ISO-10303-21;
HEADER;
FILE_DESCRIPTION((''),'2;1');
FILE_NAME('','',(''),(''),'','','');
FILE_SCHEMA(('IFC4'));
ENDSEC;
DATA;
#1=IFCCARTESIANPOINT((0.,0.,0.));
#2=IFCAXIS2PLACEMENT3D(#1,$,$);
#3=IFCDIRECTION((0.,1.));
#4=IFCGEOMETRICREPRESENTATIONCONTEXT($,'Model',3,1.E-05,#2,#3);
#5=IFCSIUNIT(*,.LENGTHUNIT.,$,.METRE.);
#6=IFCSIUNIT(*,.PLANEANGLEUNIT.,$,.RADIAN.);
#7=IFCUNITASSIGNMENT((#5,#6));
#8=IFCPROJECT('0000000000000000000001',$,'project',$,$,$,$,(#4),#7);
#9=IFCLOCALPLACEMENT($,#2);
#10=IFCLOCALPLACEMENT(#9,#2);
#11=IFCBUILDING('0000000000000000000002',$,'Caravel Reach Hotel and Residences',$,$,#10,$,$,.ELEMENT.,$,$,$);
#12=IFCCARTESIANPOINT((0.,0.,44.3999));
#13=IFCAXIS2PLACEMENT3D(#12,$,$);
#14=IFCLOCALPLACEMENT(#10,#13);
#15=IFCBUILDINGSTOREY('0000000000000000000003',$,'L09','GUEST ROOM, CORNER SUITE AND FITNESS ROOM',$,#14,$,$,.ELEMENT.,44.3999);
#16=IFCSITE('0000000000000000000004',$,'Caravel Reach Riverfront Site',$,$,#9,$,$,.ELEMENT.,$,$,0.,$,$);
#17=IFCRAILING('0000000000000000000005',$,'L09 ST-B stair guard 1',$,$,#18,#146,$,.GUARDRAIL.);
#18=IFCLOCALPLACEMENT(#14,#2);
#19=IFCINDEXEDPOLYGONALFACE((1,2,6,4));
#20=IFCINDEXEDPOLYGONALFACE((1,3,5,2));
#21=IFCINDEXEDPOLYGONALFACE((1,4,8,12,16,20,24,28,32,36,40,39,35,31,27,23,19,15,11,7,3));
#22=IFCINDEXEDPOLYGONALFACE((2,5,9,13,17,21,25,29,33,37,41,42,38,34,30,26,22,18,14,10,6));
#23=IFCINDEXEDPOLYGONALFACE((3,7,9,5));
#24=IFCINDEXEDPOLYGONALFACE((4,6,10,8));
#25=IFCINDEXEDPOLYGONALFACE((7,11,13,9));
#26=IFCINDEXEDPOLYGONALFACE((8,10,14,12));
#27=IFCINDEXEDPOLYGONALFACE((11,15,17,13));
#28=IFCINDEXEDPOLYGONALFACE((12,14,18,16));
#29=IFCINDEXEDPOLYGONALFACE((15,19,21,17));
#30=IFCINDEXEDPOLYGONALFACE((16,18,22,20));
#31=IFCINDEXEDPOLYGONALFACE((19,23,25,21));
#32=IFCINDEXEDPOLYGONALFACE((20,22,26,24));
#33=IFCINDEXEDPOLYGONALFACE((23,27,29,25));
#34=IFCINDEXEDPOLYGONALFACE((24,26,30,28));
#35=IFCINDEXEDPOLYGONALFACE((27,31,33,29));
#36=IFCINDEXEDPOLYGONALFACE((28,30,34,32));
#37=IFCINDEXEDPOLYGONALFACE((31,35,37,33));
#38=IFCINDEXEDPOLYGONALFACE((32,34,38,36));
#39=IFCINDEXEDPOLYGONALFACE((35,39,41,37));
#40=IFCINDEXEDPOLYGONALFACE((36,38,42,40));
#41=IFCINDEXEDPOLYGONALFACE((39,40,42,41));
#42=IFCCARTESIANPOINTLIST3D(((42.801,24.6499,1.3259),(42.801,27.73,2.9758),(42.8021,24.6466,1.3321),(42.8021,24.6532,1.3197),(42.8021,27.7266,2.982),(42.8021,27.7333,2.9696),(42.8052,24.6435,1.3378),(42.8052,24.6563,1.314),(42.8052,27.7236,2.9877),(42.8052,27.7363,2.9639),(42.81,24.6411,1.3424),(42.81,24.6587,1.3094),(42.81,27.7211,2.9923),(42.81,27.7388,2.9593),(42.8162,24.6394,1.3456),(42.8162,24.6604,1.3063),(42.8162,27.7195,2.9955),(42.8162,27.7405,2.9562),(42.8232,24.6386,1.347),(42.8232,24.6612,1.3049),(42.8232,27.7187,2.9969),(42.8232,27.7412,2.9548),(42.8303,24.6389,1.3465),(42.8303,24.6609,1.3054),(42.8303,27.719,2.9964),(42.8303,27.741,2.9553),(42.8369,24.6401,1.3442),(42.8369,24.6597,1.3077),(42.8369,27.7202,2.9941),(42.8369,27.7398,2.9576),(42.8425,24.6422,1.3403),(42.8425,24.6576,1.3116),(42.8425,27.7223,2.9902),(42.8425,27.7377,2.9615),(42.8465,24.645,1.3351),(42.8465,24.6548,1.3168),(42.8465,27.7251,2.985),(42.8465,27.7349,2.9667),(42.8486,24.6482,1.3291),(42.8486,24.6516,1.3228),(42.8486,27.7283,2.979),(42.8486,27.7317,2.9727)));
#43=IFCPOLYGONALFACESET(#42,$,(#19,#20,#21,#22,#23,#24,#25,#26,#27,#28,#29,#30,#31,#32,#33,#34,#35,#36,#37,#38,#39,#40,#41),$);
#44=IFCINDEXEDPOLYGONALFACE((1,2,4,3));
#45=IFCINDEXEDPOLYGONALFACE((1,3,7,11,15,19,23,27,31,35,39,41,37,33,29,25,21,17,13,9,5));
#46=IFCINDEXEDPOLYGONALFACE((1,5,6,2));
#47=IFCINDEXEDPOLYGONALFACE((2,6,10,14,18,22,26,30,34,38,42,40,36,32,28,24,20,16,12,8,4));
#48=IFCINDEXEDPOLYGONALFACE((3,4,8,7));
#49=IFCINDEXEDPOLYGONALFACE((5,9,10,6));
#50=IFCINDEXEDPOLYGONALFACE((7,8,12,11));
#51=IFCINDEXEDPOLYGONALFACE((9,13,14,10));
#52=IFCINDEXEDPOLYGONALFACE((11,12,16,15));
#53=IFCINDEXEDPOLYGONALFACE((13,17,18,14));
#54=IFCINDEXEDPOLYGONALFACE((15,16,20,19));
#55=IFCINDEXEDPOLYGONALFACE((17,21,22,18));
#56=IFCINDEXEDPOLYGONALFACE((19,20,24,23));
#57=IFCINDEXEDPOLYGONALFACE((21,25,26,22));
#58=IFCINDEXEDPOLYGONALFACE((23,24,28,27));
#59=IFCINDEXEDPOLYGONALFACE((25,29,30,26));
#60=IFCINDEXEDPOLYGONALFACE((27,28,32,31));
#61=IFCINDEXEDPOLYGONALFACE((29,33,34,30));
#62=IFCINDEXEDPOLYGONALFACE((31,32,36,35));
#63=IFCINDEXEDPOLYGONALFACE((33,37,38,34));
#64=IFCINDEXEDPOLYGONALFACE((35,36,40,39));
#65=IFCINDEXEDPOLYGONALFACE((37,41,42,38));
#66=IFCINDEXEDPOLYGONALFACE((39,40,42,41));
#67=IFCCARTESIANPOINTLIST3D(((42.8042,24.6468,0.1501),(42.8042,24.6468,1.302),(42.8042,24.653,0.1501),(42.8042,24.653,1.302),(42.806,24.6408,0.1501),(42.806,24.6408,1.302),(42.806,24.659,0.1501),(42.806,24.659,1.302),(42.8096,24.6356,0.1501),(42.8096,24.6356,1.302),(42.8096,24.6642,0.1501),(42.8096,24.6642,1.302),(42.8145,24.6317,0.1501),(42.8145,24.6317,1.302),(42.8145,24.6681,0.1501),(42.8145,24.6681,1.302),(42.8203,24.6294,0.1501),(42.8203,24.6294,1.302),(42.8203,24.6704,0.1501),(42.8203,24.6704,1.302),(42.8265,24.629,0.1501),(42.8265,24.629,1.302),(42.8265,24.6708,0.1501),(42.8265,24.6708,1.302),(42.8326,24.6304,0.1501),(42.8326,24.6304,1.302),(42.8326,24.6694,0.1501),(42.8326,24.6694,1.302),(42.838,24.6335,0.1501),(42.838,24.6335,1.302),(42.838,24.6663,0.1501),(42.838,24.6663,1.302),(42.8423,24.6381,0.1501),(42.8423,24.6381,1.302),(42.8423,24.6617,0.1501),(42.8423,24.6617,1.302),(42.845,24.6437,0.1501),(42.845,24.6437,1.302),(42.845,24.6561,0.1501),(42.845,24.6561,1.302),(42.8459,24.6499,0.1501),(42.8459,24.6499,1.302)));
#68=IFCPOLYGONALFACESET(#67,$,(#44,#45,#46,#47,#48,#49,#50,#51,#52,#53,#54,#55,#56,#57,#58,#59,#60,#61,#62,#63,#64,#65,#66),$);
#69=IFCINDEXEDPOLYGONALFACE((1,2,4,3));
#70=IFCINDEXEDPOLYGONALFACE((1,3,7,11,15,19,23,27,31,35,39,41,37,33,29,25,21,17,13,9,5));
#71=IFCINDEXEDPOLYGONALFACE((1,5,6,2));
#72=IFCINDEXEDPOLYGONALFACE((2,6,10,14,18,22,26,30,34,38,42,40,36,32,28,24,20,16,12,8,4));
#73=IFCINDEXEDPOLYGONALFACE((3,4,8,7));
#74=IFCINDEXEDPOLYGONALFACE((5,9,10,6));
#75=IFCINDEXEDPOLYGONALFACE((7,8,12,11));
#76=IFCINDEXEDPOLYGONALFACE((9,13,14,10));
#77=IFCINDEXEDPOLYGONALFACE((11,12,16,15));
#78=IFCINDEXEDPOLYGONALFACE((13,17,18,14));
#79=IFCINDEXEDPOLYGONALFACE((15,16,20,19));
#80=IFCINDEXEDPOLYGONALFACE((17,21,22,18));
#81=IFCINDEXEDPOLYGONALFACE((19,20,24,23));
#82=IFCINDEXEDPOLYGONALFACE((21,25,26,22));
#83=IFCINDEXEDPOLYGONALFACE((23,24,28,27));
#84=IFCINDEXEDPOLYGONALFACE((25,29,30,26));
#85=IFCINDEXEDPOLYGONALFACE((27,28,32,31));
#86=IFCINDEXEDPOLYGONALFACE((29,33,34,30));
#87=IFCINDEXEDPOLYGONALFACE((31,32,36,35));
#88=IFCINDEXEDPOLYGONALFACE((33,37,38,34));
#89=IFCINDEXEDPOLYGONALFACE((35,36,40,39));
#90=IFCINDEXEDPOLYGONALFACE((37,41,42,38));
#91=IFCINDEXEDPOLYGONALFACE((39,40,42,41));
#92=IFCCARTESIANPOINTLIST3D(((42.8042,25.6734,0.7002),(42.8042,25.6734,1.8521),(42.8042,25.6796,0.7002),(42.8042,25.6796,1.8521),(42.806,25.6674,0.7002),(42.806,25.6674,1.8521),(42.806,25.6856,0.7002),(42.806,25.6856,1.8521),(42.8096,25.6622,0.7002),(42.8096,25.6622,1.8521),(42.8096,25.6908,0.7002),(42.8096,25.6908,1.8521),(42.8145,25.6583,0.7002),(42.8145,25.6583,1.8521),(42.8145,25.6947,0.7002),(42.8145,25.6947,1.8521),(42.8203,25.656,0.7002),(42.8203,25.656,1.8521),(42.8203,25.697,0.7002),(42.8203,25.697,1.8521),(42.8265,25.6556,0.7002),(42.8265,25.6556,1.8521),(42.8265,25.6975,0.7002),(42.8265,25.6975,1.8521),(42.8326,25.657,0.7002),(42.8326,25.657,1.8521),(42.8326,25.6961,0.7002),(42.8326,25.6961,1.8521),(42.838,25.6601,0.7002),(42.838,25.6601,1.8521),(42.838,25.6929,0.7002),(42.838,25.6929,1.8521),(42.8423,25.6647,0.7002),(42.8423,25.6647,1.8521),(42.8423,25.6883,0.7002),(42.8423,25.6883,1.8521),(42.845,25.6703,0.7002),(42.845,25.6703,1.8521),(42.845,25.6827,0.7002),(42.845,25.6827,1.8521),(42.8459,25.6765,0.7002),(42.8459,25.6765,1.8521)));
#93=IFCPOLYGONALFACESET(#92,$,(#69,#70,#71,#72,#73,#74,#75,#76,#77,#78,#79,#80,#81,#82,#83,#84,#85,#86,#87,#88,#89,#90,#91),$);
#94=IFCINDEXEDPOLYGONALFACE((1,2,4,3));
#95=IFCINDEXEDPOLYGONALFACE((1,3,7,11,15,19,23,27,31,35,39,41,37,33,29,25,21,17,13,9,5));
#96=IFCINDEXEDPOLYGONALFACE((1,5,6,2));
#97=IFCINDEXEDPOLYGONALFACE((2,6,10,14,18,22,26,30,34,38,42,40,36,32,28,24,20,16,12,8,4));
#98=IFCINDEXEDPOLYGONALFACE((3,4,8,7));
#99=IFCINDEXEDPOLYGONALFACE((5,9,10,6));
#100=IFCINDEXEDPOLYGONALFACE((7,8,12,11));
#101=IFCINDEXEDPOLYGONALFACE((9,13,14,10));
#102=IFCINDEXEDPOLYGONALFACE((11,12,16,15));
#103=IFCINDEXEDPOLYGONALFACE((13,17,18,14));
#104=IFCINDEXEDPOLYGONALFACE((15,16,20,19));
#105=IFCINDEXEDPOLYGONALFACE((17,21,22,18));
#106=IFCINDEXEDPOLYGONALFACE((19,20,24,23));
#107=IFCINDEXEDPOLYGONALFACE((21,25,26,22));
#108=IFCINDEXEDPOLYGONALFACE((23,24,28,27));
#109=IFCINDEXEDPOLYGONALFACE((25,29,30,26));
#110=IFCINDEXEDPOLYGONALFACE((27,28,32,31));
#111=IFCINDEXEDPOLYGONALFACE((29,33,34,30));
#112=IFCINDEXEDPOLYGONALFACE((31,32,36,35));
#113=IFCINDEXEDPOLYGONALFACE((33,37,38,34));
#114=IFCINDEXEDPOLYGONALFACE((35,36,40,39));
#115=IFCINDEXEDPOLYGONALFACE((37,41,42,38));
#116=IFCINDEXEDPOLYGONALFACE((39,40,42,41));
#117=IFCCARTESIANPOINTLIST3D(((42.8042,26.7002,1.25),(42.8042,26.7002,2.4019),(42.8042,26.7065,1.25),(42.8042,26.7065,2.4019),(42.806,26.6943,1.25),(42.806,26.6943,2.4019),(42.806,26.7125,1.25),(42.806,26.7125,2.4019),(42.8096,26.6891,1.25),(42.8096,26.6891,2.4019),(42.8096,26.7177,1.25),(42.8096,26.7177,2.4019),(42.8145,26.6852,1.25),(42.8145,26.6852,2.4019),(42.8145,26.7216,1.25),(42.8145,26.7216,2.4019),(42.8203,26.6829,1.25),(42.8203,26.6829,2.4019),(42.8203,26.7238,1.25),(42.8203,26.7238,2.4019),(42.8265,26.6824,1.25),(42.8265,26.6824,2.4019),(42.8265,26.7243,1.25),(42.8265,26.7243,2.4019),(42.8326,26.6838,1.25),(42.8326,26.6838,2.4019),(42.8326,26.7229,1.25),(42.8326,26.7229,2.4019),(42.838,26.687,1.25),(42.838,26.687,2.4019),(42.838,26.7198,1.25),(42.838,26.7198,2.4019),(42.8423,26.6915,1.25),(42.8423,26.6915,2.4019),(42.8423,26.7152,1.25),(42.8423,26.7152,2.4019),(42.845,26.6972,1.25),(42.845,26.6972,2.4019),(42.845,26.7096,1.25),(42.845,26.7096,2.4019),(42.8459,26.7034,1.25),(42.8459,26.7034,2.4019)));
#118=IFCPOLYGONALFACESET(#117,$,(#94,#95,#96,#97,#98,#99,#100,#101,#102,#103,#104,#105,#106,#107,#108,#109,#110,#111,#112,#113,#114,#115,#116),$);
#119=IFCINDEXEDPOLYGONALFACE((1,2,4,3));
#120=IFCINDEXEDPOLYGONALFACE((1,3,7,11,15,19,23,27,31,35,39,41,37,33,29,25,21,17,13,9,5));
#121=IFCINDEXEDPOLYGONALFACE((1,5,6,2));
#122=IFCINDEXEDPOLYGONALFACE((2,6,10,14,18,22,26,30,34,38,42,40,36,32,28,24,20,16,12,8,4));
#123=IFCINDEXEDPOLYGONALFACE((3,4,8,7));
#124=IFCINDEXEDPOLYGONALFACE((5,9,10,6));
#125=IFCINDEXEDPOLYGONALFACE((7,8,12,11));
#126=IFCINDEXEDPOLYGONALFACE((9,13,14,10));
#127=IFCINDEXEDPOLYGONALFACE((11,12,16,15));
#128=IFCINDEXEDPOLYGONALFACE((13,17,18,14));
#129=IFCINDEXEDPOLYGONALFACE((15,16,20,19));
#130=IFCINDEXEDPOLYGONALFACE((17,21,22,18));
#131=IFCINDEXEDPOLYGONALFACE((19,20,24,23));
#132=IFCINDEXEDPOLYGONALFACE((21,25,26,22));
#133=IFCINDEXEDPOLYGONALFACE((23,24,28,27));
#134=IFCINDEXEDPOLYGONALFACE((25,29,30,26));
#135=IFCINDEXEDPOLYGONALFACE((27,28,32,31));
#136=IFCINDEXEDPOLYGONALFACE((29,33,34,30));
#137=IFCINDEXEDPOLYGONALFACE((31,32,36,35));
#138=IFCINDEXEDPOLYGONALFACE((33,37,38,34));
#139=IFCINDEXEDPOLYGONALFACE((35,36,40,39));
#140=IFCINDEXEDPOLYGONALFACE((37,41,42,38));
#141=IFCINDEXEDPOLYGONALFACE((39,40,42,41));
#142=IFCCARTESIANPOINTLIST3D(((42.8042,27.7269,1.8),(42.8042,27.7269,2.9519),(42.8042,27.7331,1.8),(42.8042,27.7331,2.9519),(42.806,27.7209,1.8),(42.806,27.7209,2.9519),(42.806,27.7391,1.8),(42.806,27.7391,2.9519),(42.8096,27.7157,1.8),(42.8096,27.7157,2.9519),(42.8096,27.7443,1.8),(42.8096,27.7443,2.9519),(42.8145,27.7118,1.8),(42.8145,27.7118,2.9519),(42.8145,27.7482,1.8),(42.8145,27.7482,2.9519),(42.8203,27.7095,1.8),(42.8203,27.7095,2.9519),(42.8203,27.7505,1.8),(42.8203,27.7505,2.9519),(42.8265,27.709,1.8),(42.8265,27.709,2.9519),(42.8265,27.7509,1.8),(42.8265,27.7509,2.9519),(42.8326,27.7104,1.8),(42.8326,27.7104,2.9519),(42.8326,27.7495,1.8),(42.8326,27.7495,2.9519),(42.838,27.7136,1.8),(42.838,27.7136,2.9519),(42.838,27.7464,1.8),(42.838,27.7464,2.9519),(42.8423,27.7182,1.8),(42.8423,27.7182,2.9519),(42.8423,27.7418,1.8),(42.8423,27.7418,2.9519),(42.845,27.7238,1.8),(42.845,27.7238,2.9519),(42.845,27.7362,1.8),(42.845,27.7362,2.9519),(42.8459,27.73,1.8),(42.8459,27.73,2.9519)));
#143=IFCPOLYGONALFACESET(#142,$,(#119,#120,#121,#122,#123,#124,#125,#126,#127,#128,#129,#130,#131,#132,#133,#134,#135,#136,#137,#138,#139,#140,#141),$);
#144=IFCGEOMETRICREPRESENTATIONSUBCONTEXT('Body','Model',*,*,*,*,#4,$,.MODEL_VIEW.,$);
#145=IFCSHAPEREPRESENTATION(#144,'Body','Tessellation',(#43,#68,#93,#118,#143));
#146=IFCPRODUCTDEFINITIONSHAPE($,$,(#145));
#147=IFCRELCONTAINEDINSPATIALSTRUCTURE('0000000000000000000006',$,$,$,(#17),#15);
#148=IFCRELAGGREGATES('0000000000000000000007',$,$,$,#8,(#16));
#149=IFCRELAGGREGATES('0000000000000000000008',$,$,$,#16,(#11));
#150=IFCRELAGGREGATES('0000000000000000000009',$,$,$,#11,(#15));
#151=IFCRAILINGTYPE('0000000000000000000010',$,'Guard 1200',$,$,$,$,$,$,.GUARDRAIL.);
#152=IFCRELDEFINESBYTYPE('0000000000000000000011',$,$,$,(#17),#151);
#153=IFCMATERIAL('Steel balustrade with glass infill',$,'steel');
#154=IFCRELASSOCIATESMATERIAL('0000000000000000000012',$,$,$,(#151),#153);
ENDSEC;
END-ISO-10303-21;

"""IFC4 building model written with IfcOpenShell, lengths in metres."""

from ifc_helpers import new_model, si_unit, direction, frame, origin, origin_2d, place, context, subcontext, project, spatial, circle, extrude, material, type_object, element, save


model = new_model("IFC4")

# Units and contexts
model_context = context("Model", 3, precision=1e-05, world=origin(), true_north=direction((0.0, 1.0)))
body_context = subcontext(model_context, "Body", "Model", "MODEL_VIEW")
ifc_project = project(units=[si_unit("LENGTHUNIT", "METRE"), si_unit("PLANEANGLEUNIT", "RADIAN")], contexts=[model_context])

# Site, building, storey
site_placement = place(None, origin())
site = spatial("IfcSite", under=ifc_project, at=site_placement, Name="Caravel Reach Riverfront Site", CompositionType="ELEMENT", RefElevation=0.0)
building_placement = place(site_placement, origin())
building = spatial("IfcBuilding", under=site, at=building_placement, Name="Caravel Reach Hotel and Residences", CompositionType="ELEMENT")
storey_placement = place(building_placement, frame((0.0, 0.0, 44.3999)))
storey = spatial("IfcBuildingStorey", under=building, at=storey_placement, Name="L09", Description="GUEST ROOM, CORNER SUITE AND FITNESS ROOM", CompositionType="ELEMENT", Elevation=44.3999)

# Railing
ifc_material_1 = material(Name="Steel balustrade with glass infill", Category="steel")
railing_type_1 = type_object("IfcRailingType", Name="Guard 1200", PredefinedType="GUARDRAIL", material=ifc_material_1)
railing_1_placement = place(storey_placement, frame((42.825, 24.6499, 0.1501)))
element("IfcRailing", 1, at=railing_1_placement, inside=storey, type_object=railing_type_1, Name="L09 ST-B stair guard 1", PredefinedType="GUARDRAIL", context=body_context, shape_type="SweptSolid", body=[
    extrude(circle(Radius=0.0239, at=origin_2d()), frame((0.0, 0.0, 1.1758), z_axis=(0.0, 0.881497, 0.47219), x_axis=(-1.0, 0.0, 0.0)), (0.0, 0.0, 1.0), 3.4941),
    extrude(circle(Radius=0.021, at=origin_2d()), origin(), (0.0, 0.0, 1.0), 1.1519),
    extrude(circle(Radius=0.021, at=origin_2d()), frame((0.0, 1.0266, 0.55)), (0.0, 0.0, 1.0), 1.1519),
    extrude(circle(Radius=0.021, at=origin_2d()), frame((0.0, 2.0535, 1.0999)), (0.0, 0.0, 1.0), 1.1519),
    extrude(circle(Radius=0.021, at=origin_2d()), frame((0.0, 3.0801, 1.6499)), (0.0, 0.0, 1.0), 1.1519),
])

save(model, "model.ifc")
